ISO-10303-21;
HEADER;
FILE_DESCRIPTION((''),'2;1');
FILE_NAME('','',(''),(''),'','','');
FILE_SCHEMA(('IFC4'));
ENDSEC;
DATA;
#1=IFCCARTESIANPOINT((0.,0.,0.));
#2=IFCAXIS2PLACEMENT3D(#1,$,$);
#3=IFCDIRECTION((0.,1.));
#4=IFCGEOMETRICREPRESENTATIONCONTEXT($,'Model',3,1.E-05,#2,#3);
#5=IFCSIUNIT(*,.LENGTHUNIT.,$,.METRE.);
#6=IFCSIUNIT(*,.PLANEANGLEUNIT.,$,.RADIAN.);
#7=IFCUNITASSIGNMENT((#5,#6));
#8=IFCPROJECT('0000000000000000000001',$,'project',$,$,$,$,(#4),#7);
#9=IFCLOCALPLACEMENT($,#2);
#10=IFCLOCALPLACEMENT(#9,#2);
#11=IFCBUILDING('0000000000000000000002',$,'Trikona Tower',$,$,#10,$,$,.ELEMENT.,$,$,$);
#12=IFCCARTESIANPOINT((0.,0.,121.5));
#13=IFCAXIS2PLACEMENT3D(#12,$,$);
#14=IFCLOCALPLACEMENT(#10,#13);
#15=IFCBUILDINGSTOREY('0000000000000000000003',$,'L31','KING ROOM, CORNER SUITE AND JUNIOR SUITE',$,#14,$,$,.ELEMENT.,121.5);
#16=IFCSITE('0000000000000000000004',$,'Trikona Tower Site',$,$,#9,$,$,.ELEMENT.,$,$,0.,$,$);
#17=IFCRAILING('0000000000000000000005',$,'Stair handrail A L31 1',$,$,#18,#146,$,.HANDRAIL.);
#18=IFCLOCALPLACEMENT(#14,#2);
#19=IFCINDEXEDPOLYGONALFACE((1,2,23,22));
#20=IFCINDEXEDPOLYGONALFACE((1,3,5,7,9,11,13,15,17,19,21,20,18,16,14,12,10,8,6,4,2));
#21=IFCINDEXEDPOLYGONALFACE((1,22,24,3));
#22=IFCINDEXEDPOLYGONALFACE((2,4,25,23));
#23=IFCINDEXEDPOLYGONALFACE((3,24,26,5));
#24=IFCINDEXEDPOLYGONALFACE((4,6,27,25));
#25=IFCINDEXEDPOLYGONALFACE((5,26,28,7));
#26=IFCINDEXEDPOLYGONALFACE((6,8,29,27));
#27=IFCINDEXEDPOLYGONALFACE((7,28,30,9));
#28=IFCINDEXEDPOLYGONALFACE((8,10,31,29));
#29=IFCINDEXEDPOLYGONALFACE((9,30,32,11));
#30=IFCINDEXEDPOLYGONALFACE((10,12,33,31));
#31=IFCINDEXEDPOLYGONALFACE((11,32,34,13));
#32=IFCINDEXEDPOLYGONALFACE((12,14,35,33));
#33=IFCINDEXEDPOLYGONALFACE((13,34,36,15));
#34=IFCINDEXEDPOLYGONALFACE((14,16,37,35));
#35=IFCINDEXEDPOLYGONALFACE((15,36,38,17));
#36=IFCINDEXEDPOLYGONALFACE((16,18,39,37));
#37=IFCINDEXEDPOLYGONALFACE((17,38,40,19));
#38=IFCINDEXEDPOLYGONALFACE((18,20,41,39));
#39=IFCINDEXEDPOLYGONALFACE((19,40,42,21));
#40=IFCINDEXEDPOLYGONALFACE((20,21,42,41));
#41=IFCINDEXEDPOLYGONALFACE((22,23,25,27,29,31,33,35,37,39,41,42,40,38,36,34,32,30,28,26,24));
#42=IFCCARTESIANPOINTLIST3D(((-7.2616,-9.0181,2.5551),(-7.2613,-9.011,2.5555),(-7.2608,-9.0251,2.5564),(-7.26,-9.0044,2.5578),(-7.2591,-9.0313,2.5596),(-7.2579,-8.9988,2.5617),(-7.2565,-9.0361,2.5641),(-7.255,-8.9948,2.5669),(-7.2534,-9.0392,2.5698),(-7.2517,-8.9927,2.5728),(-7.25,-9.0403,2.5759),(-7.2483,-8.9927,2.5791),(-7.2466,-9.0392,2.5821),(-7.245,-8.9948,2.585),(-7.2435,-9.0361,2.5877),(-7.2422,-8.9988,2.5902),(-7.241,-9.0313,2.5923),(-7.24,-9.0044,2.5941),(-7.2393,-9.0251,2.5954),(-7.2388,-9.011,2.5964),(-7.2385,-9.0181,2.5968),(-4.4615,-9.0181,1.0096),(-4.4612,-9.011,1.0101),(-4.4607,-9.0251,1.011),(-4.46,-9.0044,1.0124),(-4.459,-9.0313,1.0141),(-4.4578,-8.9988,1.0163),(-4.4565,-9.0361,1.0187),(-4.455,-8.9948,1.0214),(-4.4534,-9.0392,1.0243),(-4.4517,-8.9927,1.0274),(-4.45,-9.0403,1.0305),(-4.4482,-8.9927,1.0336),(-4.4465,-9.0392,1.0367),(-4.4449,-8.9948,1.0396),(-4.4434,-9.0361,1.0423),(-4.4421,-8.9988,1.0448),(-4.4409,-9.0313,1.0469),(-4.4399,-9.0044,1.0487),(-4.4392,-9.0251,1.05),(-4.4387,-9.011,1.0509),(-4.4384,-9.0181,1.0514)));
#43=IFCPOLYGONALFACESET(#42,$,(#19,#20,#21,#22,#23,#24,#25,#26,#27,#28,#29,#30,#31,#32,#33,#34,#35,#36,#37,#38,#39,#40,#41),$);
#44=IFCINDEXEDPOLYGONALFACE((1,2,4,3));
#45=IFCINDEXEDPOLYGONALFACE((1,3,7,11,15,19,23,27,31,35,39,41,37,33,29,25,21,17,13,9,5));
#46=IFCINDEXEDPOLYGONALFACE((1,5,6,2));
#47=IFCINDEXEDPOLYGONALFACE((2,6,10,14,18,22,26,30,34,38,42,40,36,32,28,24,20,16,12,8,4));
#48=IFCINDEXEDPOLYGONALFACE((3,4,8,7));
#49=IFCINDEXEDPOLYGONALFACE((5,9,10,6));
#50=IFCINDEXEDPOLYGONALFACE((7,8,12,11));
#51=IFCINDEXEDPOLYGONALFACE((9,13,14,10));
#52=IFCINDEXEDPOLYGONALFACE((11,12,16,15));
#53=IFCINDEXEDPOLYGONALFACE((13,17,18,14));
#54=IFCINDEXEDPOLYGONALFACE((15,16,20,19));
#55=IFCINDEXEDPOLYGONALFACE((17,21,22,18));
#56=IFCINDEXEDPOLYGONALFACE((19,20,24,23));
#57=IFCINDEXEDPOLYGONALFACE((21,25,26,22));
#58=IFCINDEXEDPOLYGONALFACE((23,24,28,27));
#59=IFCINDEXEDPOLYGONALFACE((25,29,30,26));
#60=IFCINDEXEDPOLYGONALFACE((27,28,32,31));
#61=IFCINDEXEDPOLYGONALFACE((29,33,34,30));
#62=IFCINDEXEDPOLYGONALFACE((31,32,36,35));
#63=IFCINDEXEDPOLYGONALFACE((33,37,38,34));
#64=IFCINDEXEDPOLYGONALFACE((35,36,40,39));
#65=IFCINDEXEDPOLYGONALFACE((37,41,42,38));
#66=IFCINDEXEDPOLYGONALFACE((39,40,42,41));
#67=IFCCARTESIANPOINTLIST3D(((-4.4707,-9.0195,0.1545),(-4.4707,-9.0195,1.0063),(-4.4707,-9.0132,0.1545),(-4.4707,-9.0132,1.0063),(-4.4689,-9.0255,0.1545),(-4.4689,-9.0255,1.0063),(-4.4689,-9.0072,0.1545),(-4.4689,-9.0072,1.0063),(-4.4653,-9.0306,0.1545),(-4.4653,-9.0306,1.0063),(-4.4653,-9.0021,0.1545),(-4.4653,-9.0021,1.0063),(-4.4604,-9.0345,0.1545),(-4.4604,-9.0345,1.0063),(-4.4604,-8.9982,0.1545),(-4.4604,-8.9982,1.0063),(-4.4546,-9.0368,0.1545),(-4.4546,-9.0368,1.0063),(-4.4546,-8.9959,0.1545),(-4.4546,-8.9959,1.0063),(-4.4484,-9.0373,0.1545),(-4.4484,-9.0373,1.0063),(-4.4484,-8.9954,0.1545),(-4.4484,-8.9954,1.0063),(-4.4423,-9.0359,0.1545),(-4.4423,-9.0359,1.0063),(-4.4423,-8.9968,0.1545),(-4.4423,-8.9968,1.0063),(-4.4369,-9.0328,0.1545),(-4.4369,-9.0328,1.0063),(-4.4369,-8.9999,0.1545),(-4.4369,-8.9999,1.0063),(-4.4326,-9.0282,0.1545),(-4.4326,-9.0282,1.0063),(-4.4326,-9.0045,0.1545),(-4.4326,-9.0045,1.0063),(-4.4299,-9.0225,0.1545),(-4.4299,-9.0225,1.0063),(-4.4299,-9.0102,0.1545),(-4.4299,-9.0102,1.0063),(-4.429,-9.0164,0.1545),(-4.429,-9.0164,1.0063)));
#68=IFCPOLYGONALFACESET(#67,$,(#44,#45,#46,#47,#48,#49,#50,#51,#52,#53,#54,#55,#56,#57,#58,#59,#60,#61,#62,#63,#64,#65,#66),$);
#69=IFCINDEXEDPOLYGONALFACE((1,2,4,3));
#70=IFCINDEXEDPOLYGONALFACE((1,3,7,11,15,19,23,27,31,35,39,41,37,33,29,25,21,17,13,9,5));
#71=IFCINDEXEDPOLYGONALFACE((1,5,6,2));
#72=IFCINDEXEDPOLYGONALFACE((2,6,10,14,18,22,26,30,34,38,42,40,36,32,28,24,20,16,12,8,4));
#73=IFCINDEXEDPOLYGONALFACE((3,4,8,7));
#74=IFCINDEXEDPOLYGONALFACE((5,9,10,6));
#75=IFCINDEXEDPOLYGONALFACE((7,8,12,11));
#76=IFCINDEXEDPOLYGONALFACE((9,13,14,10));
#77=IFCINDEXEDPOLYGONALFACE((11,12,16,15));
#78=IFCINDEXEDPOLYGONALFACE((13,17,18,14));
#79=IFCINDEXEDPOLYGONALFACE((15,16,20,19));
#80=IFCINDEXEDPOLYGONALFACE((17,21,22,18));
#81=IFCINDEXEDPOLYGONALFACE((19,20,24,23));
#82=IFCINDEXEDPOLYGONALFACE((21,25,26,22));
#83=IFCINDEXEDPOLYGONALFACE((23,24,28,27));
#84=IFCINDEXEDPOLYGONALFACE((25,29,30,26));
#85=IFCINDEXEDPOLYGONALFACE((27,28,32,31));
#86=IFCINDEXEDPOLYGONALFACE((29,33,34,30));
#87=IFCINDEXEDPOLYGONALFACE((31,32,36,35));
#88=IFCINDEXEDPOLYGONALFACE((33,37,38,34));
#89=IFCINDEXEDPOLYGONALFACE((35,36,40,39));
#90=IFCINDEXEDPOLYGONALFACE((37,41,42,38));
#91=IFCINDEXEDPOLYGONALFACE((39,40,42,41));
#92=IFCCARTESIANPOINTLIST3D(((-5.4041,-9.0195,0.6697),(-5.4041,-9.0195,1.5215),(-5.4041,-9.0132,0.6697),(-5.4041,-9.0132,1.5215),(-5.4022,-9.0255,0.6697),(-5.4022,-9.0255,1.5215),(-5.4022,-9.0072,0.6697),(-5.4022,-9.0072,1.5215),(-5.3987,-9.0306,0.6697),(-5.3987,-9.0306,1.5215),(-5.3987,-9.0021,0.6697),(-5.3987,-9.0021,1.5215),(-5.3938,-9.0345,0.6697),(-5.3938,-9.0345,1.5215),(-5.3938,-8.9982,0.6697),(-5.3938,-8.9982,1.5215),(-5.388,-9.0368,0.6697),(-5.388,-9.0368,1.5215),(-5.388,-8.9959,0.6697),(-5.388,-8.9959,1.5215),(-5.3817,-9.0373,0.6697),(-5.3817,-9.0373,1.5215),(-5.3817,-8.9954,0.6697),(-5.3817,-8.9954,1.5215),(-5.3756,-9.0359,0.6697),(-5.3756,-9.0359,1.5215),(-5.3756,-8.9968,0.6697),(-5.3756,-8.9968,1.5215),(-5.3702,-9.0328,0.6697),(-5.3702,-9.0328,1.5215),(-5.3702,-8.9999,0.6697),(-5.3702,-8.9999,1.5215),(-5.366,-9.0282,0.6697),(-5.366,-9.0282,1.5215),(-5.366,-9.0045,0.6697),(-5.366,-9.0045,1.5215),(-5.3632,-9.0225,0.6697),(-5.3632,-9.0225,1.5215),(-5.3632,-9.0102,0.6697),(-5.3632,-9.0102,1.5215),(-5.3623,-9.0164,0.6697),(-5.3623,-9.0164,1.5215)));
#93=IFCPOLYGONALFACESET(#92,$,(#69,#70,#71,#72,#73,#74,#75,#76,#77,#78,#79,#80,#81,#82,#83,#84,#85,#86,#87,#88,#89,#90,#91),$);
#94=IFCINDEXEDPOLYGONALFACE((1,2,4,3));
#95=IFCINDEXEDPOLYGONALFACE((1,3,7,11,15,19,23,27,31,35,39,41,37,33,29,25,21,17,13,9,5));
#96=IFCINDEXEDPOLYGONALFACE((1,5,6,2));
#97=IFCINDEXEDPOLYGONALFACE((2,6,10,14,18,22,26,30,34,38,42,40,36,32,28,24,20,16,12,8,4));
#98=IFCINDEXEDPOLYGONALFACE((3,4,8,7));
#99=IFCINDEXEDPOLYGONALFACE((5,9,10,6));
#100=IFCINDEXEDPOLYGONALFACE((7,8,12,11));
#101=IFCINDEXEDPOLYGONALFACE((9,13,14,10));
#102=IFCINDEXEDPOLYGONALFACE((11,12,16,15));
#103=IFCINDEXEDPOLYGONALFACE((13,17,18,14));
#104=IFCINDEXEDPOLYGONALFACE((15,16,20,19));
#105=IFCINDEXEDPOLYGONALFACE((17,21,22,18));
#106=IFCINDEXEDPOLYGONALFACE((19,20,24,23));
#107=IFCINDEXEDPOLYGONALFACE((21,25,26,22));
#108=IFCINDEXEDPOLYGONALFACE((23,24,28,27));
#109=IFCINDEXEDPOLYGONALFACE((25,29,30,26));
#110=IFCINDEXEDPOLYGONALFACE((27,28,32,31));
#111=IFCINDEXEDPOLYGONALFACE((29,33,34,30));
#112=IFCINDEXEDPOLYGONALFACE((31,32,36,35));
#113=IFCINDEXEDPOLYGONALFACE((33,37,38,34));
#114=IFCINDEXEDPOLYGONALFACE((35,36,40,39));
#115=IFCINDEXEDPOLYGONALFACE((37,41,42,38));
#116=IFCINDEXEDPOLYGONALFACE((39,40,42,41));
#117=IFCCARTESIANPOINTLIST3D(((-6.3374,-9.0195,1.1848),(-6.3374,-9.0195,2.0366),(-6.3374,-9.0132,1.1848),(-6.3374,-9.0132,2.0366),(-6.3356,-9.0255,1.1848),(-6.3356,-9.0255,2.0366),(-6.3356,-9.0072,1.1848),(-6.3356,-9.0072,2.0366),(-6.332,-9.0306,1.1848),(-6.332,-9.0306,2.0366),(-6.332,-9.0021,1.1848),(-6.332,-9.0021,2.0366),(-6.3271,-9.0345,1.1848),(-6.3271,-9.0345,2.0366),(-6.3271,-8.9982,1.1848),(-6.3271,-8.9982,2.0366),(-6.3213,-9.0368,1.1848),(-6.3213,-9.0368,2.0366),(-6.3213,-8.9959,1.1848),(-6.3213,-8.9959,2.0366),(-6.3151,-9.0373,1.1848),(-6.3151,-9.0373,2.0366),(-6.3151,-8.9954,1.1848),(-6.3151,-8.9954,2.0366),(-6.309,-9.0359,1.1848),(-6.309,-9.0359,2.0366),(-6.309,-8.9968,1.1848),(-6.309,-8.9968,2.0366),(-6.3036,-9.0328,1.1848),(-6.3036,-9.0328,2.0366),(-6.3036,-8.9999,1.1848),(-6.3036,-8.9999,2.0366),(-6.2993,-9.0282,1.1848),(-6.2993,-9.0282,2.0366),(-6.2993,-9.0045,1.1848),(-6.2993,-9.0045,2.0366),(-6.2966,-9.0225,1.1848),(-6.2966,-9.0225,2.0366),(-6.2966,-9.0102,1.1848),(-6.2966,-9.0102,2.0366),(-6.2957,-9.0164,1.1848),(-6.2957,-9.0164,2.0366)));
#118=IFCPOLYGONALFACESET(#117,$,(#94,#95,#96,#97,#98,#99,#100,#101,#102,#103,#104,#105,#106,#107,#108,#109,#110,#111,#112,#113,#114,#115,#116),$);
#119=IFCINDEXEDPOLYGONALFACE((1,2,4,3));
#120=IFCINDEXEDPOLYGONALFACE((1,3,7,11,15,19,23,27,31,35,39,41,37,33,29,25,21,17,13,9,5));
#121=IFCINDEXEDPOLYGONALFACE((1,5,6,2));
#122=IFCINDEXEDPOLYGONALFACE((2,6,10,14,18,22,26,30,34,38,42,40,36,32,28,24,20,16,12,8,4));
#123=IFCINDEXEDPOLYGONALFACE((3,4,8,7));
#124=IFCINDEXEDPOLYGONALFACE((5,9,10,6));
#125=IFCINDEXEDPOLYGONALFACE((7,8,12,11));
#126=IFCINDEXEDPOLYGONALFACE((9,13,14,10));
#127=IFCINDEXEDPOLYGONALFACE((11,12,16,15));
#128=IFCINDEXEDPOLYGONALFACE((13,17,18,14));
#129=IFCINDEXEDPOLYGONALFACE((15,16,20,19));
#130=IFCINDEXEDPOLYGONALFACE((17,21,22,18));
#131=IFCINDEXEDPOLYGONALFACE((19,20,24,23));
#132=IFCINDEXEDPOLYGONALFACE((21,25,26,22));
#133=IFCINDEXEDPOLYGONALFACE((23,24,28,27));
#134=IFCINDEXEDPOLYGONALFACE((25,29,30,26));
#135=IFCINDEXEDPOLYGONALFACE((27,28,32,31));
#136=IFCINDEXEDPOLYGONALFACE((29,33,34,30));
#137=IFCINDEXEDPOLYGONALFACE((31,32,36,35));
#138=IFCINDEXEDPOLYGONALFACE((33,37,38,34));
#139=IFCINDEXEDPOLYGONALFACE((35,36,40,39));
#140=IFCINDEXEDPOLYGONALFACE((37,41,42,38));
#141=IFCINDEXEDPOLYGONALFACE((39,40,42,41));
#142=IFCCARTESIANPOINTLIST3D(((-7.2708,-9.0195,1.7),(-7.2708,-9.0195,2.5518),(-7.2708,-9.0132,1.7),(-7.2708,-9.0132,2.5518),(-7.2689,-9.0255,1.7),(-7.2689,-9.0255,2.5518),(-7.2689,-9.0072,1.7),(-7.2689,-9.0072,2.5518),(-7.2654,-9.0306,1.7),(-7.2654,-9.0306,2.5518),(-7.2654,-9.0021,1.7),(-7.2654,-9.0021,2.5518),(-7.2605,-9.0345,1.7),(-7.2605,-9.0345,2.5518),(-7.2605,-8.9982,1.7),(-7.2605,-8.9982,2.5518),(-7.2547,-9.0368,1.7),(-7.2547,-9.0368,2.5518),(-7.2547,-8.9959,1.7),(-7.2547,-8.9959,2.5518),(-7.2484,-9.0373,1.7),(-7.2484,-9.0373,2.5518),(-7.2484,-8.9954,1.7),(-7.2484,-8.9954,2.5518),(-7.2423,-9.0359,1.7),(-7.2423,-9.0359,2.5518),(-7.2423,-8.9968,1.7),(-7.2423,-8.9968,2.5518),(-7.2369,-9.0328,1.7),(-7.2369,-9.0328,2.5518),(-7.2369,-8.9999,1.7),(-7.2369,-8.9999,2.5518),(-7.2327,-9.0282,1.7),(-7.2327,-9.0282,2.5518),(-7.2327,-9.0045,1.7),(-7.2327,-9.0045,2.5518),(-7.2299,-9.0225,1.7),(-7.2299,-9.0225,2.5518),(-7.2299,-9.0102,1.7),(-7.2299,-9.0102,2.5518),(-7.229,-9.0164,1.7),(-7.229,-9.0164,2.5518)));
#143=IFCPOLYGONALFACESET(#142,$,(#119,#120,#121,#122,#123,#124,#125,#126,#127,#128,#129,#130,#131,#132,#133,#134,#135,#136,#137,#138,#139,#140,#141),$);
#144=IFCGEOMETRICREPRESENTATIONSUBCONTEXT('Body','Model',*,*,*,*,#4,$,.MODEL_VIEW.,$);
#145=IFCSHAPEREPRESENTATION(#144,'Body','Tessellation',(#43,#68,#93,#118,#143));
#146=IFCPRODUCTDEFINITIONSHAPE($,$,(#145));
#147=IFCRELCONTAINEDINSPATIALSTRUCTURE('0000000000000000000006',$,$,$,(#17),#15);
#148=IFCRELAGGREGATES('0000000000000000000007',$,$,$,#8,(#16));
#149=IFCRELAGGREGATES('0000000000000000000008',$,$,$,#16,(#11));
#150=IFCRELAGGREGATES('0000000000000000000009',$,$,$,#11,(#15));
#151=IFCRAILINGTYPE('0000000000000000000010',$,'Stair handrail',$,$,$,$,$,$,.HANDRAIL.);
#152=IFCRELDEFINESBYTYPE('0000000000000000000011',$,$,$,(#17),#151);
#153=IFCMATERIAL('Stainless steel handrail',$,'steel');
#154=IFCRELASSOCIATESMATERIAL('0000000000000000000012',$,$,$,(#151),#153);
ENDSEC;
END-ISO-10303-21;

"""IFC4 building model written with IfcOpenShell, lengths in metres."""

from ifc_helpers import new_model, si_unit, direction, frame, origin, origin_2d, place, context, subcontext, project, spatial, circle, extrude, material, type_object, element, save


model = new_model("IFC4")

# Units and contexts
model_context = context("Model", 3, precision=1e-05, world=origin(), true_north=direction((0.0, 1.0)))
body_context = subcontext(model_context, "Body", "Model", "MODEL_VIEW")
ifc_project = project(units=[si_unit("LENGTHUNIT", "METRE"), si_unit("PLANEANGLEUNIT", "RADIAN")], contexts=[model_context])

# Site, building, storey
site_placement = place(None, origin())
site = spatial("IfcSite", under=ifc_project, at=site_placement, Name="Trikona Tower Site", CompositionType="ELEMENT", RefElevation=0.0)
building_placement = place(site_placement, origin())
building = spatial("IfcBuilding", under=site, at=building_placement, Name="Trikona Tower", CompositionType="ELEMENT")
storey_placement = place(building_placement, frame((0.0, 0.0, 121.5)))
storey = spatial("IfcBuildingStorey", under=building, at=storey_placement, Name="L31", Description="KING ROOM, CORNER SUITE AND JUNIOR SUITE", CompositionType="ELEMENT", Elevation=121.5)

# Railing
ifc_material_1 = material(Name="Stainless steel handrail", Category="steel")
railing_type = type_object("IfcRailingType", Name="Stair handrail", PredefinedType="HANDRAIL", material=ifc_material_1)
railing_placement = place(storey_placement, frame((-4.45, -9.0164, 0.1545)))
element("IfcRailing", 1, at=railing_placement, inside=storey, type_object=railing_type, Name="Stair handrail A L31 1", PredefinedType="HANDRAIL", context=body_context, shape_type="SweptSolid", body=[
    extrude(circle(Radius=0.0239, at=origin_2d()), frame((0.0, 0.0, 0.876), z_axis=(-0.875504, 0.0, 0.483211), x_axis=(0.0, -1.0, 0.0)), (0.0, 0.0, 1.0), 3.1982),
    extrude(circle(Radius=0.021, at=origin_2d()), origin(), (0.0, 0.0, 1.0), 0.8518),
    extrude(circle(Radius=0.021, at=origin_2d()), frame((-0.9333, 0.0, 0.5151)), (0.0, 0.0, 1.0), 0.8518),
    extrude(circle(Radius=0.021, at=origin_2d()), frame((-1.8667, 0.0, 1.0303)), (0.0, 0.0, 1.0), 0.8518),
    extrude(circle(Radius=0.021, at=origin_2d()), frame((-2.8, 0.0, 1.5454)), (0.0, 0.0, 1.0), 0.8518),
])

save(model, "model.ifc")
